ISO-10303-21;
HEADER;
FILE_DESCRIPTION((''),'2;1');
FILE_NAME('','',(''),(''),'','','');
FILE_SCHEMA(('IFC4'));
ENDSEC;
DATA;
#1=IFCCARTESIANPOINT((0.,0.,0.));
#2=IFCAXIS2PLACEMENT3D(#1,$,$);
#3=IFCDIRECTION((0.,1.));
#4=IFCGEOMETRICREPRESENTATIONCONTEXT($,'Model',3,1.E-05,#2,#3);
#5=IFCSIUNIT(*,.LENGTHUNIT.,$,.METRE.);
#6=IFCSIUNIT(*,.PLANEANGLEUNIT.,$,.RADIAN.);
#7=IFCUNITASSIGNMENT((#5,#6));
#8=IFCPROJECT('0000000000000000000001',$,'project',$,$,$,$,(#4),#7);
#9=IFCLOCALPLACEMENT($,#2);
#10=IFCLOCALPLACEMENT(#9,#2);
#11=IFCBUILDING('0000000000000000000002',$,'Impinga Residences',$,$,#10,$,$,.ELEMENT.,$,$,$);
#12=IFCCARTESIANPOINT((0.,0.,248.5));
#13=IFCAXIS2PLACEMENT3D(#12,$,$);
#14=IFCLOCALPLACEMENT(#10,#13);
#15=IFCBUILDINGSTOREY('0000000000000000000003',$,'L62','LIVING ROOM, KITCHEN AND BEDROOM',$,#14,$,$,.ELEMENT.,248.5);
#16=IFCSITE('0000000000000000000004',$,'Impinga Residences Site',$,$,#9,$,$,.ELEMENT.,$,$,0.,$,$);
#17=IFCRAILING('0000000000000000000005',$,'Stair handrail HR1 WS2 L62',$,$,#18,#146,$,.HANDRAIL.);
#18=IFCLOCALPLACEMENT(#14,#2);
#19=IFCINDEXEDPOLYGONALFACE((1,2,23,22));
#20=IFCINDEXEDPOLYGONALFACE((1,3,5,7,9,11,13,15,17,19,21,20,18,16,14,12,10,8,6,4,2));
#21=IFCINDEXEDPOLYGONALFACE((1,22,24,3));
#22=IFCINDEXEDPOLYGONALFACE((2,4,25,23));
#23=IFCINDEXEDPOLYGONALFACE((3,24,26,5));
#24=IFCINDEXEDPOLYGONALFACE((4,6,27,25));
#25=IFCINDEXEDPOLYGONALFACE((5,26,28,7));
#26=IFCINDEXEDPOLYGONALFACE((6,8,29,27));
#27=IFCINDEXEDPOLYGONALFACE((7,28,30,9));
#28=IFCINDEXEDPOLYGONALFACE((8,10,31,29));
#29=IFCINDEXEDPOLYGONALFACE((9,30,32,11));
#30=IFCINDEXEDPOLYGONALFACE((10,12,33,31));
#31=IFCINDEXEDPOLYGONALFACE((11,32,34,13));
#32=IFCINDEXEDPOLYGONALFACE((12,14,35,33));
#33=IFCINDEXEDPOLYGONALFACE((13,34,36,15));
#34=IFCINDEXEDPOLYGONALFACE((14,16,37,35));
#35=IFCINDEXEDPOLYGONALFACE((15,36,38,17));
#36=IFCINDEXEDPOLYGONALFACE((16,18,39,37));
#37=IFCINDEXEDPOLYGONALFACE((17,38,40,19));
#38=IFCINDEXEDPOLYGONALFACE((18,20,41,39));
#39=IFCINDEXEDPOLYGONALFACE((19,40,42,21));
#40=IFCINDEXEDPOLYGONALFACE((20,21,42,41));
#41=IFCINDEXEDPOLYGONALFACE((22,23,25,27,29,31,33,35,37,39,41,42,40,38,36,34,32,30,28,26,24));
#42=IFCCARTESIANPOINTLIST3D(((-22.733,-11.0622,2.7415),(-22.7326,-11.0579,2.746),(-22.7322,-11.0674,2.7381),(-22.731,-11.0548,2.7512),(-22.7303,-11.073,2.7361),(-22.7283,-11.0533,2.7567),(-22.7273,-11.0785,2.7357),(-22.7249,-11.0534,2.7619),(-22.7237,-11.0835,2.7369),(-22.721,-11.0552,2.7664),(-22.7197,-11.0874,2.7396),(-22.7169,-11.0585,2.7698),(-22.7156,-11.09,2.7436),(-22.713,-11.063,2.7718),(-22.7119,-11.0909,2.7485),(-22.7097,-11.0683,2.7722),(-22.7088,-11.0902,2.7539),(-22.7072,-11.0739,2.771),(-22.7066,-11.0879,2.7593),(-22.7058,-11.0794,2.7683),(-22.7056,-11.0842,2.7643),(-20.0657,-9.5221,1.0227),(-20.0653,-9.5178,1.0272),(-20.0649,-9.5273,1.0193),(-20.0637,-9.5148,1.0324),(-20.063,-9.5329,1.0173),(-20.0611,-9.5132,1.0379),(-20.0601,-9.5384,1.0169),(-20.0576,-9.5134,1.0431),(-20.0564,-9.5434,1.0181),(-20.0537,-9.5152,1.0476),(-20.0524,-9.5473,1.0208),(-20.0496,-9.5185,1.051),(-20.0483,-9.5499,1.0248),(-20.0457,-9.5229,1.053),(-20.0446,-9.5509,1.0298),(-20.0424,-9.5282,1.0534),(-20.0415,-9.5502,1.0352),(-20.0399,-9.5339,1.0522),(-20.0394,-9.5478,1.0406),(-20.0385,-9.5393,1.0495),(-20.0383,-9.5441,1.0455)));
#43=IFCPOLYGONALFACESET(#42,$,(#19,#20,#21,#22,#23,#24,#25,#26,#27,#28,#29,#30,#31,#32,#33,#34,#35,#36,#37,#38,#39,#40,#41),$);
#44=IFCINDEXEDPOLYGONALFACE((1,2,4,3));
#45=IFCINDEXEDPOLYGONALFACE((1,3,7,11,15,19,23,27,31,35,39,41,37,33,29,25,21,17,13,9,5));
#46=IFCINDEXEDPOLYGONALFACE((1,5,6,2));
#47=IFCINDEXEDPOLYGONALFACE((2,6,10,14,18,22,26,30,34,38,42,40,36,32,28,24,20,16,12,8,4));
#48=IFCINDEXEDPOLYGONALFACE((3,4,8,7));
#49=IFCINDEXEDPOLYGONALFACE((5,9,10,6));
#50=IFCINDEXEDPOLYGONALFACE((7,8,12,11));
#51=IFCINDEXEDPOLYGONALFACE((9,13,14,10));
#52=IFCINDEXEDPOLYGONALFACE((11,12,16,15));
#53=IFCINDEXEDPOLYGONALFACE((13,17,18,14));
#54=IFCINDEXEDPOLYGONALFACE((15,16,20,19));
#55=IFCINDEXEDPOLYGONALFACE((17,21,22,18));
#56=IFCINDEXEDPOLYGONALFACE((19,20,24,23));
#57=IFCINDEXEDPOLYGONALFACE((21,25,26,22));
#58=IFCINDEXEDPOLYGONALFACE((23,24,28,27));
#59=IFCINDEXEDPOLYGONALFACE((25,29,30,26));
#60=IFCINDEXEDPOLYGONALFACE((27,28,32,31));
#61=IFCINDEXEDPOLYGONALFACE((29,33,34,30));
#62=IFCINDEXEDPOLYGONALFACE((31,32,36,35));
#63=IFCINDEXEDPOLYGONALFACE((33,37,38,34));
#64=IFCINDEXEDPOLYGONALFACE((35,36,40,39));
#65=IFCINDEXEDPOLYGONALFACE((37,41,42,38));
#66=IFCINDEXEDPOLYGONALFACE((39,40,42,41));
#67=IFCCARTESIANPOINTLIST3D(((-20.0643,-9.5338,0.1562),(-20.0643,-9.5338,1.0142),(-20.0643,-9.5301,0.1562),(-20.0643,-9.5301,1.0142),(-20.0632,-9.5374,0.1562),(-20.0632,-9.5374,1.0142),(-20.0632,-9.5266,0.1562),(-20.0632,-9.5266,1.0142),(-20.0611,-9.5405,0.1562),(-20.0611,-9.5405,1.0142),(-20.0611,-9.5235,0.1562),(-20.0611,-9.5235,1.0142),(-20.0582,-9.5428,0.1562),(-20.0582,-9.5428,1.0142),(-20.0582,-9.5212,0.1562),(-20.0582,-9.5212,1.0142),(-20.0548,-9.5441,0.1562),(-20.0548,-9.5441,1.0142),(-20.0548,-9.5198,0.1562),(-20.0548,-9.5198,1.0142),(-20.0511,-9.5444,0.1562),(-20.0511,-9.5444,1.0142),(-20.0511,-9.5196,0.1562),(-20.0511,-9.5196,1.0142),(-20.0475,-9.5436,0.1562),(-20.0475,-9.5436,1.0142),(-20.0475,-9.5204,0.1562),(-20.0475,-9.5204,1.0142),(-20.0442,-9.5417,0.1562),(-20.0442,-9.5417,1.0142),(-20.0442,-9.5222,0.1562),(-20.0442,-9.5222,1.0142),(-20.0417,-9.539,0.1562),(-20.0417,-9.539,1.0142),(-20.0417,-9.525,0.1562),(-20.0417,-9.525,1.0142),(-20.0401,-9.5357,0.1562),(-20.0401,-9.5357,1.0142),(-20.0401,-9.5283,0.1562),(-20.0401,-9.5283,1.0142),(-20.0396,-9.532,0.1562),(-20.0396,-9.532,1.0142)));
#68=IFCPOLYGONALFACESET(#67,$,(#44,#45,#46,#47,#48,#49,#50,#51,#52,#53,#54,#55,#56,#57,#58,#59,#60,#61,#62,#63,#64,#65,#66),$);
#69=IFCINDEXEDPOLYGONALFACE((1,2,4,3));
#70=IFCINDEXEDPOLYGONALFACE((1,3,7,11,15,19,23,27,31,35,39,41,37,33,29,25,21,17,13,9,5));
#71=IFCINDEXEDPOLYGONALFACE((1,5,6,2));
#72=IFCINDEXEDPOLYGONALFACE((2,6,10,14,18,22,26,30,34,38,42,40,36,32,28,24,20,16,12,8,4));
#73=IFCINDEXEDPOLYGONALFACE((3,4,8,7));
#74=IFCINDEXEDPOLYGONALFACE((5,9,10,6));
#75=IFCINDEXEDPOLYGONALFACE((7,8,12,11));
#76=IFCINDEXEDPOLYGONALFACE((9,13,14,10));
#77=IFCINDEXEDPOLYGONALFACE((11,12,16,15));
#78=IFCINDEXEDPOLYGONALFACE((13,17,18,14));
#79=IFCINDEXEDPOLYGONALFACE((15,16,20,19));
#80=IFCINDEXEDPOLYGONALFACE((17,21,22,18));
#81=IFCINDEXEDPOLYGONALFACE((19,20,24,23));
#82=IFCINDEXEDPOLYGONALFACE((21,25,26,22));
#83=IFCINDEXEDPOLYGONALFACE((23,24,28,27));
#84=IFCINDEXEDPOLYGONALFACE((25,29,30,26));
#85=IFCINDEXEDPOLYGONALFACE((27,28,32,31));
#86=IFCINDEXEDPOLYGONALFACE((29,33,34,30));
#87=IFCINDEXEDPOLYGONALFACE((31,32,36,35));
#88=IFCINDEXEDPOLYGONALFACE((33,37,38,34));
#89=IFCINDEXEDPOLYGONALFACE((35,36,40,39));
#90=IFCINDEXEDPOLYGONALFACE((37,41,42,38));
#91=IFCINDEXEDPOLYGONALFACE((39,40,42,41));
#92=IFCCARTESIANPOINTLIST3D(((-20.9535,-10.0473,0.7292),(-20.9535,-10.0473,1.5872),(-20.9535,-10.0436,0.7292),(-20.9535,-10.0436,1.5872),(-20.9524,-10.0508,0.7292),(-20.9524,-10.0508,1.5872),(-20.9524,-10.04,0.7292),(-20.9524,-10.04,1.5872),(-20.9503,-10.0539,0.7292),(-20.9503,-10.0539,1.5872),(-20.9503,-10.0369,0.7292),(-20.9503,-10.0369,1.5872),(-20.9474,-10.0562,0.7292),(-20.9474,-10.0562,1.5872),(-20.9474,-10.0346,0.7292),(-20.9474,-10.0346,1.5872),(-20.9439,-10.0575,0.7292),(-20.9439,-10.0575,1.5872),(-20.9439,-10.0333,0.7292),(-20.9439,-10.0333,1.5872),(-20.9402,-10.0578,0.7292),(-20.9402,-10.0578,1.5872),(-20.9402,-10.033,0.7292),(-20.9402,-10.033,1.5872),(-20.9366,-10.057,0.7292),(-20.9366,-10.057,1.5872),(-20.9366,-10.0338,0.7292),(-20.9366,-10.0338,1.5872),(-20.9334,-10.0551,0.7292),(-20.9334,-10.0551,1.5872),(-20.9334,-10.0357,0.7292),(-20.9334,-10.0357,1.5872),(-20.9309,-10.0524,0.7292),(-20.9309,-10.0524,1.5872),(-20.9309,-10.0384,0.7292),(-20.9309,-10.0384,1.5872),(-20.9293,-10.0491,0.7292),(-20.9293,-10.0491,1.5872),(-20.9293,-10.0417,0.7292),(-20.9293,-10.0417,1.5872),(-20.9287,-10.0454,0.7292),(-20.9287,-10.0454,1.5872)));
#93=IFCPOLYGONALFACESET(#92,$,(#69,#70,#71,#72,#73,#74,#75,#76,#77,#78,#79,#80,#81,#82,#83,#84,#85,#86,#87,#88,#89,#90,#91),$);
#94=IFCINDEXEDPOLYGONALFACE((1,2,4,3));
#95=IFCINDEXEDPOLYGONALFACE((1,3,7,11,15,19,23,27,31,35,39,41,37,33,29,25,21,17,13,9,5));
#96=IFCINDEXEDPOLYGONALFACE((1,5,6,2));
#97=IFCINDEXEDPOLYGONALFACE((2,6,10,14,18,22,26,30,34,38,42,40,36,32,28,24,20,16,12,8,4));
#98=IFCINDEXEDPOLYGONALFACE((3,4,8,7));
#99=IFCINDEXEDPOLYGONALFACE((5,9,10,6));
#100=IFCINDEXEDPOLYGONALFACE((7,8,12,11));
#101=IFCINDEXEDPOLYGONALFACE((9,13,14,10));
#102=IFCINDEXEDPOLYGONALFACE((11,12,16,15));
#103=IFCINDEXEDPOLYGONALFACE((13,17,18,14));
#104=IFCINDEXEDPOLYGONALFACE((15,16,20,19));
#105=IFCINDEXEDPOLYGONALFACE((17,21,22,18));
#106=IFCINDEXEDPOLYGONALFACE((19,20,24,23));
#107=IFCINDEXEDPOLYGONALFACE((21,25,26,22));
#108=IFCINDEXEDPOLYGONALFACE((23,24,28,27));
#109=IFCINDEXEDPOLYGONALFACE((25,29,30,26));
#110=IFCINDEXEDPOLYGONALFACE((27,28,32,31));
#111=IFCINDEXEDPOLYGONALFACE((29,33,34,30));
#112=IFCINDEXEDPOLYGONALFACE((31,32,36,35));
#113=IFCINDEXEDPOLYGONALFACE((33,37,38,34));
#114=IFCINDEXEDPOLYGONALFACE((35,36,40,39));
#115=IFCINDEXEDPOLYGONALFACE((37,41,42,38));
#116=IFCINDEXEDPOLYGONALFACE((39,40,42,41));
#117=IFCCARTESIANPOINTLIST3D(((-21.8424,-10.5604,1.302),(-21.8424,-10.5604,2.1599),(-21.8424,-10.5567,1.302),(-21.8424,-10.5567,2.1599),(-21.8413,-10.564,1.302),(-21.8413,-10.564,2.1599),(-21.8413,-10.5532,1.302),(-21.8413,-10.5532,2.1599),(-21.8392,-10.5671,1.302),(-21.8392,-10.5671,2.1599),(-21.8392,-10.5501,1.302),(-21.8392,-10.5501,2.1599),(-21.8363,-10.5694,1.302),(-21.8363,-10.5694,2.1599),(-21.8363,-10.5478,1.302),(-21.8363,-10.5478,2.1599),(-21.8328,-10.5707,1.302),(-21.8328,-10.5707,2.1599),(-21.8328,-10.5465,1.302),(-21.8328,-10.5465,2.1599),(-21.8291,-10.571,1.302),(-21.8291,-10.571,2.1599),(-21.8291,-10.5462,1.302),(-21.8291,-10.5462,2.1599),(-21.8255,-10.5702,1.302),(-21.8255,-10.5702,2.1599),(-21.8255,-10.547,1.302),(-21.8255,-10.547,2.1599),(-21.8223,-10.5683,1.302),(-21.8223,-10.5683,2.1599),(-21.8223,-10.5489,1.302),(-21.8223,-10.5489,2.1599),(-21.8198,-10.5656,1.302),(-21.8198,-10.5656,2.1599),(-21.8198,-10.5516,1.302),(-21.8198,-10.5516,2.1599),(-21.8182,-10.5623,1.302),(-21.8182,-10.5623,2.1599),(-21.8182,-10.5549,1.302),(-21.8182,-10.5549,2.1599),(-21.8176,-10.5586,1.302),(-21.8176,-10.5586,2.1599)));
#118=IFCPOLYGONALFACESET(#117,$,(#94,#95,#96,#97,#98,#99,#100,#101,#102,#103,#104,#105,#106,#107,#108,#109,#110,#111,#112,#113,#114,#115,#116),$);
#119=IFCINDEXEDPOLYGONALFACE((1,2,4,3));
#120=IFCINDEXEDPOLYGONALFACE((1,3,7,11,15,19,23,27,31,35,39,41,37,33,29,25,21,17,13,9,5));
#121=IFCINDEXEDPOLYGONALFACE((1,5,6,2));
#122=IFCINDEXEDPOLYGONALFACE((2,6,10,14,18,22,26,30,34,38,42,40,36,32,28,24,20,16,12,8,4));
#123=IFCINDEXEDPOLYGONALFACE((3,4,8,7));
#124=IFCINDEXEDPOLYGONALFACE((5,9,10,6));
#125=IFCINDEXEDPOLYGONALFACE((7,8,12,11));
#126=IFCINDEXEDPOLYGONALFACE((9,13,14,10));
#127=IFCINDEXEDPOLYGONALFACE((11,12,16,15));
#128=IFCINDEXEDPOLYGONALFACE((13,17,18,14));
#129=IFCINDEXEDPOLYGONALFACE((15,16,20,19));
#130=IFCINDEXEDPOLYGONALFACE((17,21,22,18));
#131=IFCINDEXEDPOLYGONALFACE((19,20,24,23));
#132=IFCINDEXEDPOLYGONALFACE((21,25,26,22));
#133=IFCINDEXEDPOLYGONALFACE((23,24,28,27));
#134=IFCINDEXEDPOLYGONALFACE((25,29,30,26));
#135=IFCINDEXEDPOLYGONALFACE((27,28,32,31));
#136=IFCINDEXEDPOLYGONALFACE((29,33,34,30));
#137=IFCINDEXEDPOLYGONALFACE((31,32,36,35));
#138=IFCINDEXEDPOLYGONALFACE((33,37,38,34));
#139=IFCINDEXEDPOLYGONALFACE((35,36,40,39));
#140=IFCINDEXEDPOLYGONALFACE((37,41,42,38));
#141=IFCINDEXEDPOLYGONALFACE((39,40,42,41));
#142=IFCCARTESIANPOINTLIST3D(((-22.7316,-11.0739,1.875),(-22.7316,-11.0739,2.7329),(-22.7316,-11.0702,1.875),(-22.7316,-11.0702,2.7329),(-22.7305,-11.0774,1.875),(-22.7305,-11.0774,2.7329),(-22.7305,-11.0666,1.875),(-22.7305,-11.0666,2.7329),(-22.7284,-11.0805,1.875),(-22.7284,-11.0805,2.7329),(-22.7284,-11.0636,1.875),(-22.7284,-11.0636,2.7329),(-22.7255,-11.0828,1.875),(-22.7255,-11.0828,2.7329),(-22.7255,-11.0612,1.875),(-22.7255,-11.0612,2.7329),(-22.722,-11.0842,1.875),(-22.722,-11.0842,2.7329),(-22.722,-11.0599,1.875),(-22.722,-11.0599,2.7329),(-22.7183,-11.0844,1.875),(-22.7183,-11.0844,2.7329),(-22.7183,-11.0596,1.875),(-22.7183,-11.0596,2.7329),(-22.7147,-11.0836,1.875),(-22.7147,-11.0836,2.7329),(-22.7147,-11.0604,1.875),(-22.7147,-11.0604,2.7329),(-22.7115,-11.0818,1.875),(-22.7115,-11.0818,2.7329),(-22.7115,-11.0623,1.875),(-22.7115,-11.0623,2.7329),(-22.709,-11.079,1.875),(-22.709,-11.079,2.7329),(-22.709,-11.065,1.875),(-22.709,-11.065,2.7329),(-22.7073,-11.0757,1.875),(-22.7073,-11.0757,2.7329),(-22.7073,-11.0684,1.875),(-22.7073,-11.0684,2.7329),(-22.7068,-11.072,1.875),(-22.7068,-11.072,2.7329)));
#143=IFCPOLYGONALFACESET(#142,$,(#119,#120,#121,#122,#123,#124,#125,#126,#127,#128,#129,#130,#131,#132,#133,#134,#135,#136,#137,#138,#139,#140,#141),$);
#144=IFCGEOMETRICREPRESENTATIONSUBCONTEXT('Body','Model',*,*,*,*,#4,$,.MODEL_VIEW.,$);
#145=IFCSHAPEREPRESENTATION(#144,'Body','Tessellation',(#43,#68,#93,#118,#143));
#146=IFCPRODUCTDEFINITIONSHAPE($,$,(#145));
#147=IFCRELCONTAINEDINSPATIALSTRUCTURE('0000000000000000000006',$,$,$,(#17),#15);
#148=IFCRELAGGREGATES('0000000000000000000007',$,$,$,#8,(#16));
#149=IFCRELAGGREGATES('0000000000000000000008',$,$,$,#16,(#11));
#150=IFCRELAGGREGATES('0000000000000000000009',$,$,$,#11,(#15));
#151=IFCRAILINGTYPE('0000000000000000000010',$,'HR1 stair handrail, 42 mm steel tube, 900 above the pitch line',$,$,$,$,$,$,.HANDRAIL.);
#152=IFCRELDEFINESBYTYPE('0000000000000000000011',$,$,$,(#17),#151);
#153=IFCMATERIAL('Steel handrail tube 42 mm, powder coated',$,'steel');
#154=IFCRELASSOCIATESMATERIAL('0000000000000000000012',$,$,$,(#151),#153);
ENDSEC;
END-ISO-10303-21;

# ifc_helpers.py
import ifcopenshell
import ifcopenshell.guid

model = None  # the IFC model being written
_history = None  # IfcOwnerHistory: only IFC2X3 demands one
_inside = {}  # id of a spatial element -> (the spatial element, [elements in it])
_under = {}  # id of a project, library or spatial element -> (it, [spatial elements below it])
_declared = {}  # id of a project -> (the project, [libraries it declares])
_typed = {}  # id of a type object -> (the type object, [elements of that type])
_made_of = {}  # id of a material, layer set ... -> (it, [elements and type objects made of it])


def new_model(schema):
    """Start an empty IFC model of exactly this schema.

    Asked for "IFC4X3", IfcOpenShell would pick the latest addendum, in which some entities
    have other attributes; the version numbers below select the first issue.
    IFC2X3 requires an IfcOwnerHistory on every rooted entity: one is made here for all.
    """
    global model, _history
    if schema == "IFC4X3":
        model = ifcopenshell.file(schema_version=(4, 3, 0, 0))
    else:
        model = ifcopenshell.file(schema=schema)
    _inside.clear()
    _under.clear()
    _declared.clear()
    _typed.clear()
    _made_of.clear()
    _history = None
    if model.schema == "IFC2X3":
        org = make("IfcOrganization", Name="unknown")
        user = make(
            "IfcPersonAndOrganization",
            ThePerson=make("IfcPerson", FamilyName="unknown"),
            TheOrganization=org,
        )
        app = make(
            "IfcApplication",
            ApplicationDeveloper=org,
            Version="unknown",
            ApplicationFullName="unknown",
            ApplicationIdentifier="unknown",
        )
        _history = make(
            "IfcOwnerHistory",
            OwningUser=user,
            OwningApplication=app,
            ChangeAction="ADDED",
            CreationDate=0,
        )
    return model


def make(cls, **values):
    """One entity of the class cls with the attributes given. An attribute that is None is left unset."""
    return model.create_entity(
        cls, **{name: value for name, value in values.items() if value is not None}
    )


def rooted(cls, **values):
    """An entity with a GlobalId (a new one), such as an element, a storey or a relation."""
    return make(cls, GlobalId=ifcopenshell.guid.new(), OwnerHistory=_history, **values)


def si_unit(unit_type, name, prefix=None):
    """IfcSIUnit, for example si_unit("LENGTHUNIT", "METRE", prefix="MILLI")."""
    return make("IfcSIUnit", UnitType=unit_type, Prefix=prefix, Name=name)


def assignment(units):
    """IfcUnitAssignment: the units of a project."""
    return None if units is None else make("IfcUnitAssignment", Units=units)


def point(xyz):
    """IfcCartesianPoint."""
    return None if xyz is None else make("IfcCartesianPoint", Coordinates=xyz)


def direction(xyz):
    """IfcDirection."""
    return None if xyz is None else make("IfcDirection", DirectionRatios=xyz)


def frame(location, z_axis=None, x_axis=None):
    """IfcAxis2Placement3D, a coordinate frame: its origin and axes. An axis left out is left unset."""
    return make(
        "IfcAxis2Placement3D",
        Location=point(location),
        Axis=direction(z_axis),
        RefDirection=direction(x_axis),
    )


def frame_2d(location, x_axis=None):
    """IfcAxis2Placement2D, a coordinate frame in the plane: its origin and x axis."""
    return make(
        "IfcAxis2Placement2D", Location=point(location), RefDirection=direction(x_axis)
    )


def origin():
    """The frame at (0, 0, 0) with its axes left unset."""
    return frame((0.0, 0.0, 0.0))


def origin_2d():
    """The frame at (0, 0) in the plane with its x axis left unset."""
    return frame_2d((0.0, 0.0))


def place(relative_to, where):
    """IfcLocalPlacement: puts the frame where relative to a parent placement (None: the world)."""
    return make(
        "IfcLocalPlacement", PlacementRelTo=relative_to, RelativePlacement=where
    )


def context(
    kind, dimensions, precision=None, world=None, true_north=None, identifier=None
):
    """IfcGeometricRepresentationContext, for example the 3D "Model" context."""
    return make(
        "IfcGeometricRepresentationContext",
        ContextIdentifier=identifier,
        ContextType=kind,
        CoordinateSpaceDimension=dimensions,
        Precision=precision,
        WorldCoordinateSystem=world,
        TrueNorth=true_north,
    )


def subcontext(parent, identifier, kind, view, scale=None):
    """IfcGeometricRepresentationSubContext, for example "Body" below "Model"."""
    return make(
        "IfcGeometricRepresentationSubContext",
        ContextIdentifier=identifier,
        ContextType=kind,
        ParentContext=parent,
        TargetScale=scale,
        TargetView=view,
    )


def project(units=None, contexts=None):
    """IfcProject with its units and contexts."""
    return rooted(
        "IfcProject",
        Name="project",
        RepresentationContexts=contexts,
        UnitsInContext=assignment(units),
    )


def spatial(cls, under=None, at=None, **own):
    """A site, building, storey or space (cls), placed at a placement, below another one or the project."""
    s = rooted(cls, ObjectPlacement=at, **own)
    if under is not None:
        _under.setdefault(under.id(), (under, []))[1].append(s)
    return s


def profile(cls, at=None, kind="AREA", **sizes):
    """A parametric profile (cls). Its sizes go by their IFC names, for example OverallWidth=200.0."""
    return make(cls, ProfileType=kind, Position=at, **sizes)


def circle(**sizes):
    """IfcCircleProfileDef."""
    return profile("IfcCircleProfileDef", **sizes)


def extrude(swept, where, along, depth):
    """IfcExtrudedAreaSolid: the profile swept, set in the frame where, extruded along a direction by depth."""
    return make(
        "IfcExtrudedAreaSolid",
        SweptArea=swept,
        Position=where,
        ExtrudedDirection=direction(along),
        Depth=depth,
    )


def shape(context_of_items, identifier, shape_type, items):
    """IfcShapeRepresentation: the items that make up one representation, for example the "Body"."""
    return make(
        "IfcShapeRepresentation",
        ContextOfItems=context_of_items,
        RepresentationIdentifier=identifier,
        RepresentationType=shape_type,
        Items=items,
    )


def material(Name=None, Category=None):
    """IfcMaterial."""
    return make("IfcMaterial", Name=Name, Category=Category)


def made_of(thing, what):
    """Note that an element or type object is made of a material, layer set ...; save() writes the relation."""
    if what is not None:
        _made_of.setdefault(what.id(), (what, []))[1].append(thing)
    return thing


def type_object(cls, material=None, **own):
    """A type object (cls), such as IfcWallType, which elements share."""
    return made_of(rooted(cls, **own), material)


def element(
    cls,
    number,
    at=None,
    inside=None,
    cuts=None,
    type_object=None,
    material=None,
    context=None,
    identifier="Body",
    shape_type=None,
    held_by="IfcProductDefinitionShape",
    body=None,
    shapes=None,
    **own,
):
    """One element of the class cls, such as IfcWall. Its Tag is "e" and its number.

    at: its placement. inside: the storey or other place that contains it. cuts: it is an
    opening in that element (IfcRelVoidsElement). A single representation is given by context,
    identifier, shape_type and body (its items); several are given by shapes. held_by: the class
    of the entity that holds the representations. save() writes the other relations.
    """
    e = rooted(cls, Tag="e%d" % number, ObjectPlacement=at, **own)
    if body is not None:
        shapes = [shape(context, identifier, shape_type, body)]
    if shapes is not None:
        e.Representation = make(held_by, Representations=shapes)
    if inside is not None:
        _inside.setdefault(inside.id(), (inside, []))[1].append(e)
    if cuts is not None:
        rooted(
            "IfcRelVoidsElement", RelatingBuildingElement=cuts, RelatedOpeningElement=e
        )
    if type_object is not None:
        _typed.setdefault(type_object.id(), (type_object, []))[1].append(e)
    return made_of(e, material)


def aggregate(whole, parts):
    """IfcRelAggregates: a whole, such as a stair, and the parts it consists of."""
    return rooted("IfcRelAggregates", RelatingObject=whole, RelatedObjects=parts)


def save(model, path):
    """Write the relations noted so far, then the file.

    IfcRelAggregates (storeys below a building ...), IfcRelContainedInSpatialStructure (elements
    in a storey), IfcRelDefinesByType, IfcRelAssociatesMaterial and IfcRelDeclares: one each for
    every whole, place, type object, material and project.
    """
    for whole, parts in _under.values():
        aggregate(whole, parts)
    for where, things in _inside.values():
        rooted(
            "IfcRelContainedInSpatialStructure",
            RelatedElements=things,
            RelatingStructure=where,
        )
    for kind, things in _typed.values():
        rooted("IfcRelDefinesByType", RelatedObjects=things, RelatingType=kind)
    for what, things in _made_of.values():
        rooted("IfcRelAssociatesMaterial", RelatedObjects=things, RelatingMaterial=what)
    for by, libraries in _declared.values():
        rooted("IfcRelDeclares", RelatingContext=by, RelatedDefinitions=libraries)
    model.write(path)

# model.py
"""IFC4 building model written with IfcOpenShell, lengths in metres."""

from ifc_helpers import new_model, si_unit, direction, frame, origin, origin_2d, place, context, subcontext, project, spatial, circle, extrude, material, type_object, element, save


model = new_model("IFC4")

# Units and contexts
model_context = context("Model", 3, precision=1e-05, world=origin(), true_north=direction((0.0, 1.0)))
body_context = subcontext(model_context, "Body", "Model", "MODEL_VIEW")
ifc_project = project(units=[si_unit("LENGTHUNIT", "METRE"), si_unit("PLANEANGLEUNIT", "RADIAN")], contexts=[model_context])

# Site, building, storey
site_placement = place(None, origin())
site = spatial("IfcSite", under=ifc_project, at=site_placement, Name="Impinga Residences Site", CompositionType="ELEMENT", RefElevation=0.0)
building_placement = place(site_placement, origin())
building = spatial("IfcBuilding", under=site, at=building_placement, Name="Impinga Residences", CompositionType="ELEMENT")
storey_placement = place(building_placement, frame((0.0, 0.0, 248.5)))
storey = spatial("IfcBuildingStorey", under=building, at=storey_placement, Name="L62", Description="LIVING ROOM, KITCHEN AND BEDROOM", CompositionType="ELEMENT", Elevation=248.5)

# Railing
ifc_material_1 = material(Name="Steel handrail tube 42 mm, powder coated", Category="steel")
railing_type = type_object("IfcRailingType", Name="HR1 stair handrail, 42 mm steel tube, 900 above the pitch line", PredefinedType="HANDRAIL", material=ifc_material_1)
railing_1_placement = place(storey_placement, frame((-20.052, -9.532, 0.1562)))
element("IfcRailing", 1, at=railing_1_placement, inside=storey, type_object=railing_type, Name="Stair handrail HR1 WS2 L62", PredefinedType="HANDRAIL", context=body_context, shape_type="SweptSolid", body=[
    extrude(circle(Radius=0.021, at=origin_2d()), frame((0.0, 0.0, 0.8789), z_axis=(-0.756226, -0.436639, 0.487307), x_axis=(0.500027, -0.86601, 0.0)), (0.0, 0.0, 1.0), 3.5271),
    extrude(circle(Radius=0.0125, at=origin_2d()), origin(), (0.0, 0.0, 1.0), 0.8579),
    extrude(circle(Radius=0.0125, at=origin_2d()), frame((-0.8892, -0.5134, 0.573)), (0.0, 0.0, 1.0), 0.8579),
    extrude(circle(Radius=0.0125, at=origin_2d()), frame((-1.7781, -1.0266, 1.1458)), (0.0, 0.0, 1.0), 0.8579),
    extrude(circle(Radius=0.0125, at=origin_2d()), frame((-2.6672, -1.54, 1.7188)), (0.0, 0.0, 1.0), 0.8579),
])

save(model, "model.ifc")
